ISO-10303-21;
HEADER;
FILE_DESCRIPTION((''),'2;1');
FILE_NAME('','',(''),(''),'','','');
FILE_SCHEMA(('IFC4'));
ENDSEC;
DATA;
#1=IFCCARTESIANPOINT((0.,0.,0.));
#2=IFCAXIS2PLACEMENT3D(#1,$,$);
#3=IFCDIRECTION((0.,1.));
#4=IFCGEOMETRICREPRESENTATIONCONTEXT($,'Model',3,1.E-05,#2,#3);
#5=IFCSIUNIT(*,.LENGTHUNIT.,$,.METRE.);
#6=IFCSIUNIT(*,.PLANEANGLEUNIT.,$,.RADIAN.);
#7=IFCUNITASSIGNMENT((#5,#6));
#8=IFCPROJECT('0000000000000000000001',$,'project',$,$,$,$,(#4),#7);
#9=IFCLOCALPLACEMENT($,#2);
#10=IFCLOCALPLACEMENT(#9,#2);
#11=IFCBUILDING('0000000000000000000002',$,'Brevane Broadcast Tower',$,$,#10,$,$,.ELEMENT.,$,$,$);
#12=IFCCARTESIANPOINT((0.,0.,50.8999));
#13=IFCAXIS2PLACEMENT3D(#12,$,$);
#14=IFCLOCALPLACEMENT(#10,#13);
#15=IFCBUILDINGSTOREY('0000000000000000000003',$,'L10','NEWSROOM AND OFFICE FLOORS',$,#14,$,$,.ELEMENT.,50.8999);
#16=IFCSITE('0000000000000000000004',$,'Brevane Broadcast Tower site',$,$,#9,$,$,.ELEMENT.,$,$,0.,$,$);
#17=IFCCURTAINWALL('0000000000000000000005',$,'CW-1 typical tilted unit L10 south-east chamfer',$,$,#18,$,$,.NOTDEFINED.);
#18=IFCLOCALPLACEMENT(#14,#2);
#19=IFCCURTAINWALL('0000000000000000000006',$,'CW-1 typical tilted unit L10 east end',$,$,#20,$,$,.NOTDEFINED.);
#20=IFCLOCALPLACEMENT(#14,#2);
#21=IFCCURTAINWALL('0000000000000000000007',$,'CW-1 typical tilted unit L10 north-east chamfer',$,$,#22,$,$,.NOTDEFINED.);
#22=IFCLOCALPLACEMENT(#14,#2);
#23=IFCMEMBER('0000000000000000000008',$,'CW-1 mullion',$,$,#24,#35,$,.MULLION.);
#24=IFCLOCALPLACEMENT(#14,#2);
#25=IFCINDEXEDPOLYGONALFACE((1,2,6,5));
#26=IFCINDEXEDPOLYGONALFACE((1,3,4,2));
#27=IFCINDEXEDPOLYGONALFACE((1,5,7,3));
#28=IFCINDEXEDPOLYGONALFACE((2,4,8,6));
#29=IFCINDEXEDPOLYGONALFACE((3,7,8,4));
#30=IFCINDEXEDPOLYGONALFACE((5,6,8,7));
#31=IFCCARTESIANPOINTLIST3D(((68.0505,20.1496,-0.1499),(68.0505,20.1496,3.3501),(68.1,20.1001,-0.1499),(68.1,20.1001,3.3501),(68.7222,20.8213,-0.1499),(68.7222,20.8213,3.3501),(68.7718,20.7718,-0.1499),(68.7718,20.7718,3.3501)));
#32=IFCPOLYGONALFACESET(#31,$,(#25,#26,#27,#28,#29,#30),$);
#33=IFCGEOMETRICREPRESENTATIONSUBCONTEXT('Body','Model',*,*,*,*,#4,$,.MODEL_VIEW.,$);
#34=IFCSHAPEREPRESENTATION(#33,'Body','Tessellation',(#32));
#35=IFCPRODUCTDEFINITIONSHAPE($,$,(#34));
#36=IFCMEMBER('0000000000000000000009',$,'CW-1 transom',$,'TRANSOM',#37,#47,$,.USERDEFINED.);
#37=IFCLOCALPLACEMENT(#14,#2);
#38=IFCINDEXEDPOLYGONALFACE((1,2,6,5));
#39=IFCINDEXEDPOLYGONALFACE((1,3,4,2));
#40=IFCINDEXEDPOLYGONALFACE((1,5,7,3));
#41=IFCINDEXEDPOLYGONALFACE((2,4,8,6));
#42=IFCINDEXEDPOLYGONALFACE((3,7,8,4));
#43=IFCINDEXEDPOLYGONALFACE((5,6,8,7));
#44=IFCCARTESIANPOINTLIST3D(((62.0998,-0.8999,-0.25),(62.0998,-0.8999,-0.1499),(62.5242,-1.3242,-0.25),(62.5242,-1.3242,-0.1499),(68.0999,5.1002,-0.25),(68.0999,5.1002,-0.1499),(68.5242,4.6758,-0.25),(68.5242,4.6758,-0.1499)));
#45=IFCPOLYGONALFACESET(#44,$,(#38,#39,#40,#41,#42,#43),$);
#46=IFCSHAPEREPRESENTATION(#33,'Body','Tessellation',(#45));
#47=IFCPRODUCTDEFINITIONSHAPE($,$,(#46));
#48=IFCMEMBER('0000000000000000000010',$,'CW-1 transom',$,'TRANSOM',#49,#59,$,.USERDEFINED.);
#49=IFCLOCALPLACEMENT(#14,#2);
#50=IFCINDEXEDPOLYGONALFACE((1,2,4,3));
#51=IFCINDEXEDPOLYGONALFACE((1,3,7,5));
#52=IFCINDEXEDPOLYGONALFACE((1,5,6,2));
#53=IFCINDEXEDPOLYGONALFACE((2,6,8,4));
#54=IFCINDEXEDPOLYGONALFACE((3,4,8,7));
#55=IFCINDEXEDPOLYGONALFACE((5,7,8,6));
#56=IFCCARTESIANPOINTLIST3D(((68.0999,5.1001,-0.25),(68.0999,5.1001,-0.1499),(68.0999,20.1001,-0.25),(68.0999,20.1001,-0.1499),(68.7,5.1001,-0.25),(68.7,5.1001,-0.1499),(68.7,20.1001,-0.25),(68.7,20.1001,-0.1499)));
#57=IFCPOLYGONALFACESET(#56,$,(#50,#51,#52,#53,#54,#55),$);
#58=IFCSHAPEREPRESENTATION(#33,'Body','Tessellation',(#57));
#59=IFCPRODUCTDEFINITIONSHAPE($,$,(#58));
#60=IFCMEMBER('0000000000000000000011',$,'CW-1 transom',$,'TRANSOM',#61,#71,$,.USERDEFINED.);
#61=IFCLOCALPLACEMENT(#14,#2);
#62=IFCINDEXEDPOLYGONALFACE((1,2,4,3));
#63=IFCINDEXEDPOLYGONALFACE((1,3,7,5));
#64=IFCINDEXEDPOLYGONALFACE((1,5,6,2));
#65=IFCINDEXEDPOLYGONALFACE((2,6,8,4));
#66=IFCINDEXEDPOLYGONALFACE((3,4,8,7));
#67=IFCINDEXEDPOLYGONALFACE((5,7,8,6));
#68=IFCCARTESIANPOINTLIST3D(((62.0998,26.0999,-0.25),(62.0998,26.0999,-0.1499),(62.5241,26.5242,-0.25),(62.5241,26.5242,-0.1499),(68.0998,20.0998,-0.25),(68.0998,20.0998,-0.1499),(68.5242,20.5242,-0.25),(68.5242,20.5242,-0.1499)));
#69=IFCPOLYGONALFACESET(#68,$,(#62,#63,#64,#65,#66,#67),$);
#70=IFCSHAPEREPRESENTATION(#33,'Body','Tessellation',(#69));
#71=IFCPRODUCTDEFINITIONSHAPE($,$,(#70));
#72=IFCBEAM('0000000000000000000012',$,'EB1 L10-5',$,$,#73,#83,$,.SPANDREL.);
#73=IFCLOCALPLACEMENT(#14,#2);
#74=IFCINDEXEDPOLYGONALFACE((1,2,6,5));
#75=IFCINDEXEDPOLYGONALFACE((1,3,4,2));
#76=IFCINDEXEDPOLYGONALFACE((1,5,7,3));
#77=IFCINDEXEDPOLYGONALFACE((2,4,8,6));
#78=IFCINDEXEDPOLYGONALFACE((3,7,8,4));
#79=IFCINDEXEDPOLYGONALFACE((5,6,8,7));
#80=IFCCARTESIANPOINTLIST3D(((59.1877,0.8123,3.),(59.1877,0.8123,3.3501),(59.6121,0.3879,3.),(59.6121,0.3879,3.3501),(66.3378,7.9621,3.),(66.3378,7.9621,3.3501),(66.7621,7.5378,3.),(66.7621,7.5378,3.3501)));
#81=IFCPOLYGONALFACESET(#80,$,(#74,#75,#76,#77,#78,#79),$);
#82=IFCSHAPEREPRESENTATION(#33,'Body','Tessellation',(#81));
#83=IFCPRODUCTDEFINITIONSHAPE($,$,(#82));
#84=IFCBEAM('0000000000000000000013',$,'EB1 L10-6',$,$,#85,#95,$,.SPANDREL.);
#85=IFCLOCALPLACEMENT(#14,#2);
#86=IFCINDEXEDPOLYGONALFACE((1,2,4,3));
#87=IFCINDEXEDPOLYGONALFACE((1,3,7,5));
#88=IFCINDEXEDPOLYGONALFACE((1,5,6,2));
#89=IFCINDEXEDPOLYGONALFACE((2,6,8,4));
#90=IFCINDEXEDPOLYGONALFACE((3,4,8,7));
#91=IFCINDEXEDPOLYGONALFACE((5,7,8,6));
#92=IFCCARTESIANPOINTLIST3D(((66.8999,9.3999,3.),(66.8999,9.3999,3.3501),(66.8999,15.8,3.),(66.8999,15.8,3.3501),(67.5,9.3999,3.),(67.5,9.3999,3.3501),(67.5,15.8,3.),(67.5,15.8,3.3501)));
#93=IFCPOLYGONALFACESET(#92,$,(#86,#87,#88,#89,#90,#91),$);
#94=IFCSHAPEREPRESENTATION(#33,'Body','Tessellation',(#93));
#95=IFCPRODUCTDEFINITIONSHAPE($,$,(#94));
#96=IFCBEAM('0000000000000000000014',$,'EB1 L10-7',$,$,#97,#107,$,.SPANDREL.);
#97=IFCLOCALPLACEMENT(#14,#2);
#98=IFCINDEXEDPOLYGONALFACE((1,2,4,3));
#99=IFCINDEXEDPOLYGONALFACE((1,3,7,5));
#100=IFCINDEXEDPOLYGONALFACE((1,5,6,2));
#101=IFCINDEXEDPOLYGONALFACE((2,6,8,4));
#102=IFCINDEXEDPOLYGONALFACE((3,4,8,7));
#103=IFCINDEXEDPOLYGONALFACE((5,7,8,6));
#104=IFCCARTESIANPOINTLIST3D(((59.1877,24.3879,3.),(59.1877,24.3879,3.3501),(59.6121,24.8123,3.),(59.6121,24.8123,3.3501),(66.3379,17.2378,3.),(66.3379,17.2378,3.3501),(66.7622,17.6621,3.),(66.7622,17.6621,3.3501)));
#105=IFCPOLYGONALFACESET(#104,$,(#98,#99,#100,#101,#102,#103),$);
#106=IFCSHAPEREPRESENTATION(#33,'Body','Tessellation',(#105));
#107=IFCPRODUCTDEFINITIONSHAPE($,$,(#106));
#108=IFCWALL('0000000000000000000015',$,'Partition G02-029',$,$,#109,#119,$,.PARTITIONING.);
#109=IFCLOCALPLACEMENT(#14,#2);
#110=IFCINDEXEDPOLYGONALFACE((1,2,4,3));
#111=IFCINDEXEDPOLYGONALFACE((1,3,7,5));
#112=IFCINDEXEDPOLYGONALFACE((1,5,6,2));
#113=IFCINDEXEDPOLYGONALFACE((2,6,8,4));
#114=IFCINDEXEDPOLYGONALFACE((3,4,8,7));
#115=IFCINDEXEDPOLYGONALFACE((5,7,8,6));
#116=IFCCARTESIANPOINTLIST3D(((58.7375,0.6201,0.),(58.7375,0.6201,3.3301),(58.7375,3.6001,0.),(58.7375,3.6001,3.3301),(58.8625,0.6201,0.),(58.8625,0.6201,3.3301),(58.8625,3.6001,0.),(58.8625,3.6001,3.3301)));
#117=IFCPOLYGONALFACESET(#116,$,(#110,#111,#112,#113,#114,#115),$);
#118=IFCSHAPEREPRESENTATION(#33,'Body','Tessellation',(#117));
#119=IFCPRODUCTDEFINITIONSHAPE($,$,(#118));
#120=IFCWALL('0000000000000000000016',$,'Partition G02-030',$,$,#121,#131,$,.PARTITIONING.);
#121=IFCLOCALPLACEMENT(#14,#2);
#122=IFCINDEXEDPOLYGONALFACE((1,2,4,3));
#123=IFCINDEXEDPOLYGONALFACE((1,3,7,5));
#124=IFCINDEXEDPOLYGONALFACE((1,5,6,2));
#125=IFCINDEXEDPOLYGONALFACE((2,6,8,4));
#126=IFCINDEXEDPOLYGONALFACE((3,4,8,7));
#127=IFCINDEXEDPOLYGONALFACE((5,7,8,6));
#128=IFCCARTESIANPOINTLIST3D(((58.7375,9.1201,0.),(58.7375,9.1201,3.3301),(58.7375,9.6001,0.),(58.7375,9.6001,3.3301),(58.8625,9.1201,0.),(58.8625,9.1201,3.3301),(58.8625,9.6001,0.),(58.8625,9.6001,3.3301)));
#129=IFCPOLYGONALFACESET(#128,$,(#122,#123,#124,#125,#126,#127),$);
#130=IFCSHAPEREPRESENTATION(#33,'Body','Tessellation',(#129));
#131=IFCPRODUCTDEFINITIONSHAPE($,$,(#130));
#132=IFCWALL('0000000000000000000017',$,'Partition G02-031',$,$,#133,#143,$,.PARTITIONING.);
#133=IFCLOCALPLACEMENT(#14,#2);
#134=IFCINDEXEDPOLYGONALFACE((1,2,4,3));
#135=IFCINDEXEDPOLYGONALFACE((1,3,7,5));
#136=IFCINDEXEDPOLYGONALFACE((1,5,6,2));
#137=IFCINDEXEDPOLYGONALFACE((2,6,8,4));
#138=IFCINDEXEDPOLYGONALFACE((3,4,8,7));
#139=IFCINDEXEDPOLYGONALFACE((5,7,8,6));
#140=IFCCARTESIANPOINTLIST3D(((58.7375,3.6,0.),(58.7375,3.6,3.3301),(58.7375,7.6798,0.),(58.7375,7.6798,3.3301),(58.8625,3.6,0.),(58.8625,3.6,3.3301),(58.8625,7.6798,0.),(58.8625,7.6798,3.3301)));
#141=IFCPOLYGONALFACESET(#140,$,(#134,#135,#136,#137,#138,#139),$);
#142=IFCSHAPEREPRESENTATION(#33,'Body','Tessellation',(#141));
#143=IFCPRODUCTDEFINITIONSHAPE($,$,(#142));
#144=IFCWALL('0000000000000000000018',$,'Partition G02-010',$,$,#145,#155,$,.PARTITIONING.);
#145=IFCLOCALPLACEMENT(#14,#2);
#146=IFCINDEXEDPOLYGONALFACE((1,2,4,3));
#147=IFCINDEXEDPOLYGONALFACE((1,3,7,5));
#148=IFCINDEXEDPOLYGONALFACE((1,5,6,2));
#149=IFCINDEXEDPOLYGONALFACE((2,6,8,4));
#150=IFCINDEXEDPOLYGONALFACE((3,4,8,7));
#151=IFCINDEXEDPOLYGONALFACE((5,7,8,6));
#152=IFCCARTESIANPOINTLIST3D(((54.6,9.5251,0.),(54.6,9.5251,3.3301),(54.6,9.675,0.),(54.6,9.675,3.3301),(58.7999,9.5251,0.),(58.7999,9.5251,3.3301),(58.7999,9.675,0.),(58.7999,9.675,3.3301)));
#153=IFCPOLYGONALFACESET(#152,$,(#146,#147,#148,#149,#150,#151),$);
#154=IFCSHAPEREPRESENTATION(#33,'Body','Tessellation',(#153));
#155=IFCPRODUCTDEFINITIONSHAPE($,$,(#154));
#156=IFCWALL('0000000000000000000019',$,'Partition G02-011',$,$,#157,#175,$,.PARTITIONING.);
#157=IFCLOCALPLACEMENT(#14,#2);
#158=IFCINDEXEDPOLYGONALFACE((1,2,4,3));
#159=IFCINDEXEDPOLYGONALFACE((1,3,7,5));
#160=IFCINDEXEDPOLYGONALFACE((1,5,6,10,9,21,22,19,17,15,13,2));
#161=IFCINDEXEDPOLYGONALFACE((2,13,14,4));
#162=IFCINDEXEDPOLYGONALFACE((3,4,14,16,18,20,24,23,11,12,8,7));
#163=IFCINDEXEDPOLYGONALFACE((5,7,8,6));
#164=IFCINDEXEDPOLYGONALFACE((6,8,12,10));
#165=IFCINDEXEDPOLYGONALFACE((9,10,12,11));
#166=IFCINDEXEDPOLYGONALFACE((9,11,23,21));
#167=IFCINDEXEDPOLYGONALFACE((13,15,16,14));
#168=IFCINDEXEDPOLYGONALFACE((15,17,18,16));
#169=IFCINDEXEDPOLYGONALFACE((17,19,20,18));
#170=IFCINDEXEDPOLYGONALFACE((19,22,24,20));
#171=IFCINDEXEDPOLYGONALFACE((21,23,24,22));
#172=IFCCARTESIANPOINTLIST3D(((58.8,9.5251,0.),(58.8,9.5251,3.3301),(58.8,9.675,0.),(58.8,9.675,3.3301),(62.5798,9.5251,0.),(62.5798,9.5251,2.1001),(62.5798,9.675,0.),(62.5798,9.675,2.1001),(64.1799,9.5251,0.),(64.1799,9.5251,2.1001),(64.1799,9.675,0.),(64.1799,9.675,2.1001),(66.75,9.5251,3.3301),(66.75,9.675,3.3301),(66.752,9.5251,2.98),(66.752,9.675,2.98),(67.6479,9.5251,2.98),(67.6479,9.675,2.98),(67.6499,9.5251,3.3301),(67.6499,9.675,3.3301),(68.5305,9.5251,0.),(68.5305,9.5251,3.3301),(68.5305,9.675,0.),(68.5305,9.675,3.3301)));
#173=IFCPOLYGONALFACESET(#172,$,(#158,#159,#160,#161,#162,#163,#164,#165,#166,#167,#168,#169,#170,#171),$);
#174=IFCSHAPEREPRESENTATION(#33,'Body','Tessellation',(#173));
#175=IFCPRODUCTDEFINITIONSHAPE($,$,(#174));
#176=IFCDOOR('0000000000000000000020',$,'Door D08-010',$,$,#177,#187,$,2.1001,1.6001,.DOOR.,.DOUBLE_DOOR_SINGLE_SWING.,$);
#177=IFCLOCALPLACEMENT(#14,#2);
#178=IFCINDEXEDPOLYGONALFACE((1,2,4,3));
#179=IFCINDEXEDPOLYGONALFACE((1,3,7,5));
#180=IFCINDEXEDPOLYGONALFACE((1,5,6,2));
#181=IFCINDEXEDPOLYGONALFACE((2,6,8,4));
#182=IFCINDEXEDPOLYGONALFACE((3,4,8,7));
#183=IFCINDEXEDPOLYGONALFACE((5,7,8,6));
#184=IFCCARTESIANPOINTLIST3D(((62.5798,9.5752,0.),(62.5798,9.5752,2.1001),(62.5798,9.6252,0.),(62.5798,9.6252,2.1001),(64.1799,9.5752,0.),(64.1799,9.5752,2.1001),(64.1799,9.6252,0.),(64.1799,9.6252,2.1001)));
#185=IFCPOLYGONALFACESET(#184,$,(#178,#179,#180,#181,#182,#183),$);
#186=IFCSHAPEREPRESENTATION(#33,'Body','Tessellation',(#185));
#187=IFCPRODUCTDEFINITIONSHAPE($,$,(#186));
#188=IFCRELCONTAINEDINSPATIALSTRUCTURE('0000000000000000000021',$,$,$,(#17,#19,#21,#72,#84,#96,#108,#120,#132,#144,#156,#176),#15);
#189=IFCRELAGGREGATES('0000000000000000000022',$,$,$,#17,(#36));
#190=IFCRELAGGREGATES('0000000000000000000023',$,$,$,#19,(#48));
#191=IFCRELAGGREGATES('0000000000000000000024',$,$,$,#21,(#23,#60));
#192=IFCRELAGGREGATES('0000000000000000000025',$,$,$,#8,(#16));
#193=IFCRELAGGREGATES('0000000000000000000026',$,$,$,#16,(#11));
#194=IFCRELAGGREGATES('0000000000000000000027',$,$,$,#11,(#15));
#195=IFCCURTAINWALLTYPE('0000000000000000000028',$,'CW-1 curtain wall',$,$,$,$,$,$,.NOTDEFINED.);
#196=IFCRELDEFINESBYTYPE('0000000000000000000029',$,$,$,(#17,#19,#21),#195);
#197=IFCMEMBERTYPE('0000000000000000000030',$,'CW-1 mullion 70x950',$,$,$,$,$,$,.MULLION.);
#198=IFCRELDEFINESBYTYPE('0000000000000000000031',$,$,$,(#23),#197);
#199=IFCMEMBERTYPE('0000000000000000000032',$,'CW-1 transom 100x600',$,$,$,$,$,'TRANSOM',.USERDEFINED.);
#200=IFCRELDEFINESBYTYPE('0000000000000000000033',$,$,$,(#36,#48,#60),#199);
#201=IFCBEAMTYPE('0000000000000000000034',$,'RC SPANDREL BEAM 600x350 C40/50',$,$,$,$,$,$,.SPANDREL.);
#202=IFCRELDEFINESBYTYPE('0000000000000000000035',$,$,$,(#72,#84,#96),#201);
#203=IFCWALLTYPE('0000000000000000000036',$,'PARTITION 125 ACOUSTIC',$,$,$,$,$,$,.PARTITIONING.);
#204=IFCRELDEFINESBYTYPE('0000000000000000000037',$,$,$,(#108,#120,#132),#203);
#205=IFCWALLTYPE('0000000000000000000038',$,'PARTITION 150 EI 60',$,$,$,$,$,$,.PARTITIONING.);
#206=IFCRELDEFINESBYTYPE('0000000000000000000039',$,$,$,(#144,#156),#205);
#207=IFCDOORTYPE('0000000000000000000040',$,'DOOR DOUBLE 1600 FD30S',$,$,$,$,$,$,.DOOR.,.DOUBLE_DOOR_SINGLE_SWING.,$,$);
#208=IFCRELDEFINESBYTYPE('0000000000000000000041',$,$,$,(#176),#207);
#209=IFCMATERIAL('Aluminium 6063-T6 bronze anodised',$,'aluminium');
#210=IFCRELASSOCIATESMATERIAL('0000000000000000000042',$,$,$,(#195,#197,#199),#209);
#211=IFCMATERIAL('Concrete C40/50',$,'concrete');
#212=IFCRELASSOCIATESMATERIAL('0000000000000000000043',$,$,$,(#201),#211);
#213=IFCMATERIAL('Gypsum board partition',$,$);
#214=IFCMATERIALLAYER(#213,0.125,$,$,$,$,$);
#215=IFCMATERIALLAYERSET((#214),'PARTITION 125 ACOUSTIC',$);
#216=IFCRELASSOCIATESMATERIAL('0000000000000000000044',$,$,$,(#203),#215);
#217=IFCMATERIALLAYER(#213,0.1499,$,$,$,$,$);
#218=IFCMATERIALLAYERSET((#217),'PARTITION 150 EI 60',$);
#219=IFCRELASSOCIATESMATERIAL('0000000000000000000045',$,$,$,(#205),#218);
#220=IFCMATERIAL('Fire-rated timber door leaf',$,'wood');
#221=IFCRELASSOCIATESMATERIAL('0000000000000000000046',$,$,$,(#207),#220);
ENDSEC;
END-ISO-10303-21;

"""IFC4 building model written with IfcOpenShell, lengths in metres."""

from ifc_helpers import new_model, si_unit, direction, frame, frame_2d, origin, origin_2d, place, context, subcontext, project, spatial, polyline, rectangle, outline, extrude, material, layer, layer_set, material_profile, profile_set, type_object, element, fill, aggregate, save


model = new_model("IFC4")

# Units and contexts
model_context = context("Model", 3, precision=1e-05, world=origin(), true_north=direction((0.0, 1.0)))
body_context = subcontext(model_context, "Body", "Model", "MODEL_VIEW")
ifc_project = project(units=[si_unit("LENGTHUNIT", "METRE"), si_unit("PLANEANGLEUNIT", "RADIAN")], contexts=[model_context])

# Site, building, storey
site_placement = place(None, origin())
site = spatial("IfcSite", under=ifc_project, at=site_placement, Name="Brevane Broadcast Tower site", CompositionType="ELEMENT", RefElevation=0.0)
building_placement = place(site_placement, origin())
building = spatial("IfcBuilding", under=site, at=building_placement, Name="Brevane Broadcast Tower", CompositionType="ELEMENT")
storey_placement = place(building_placement, frame((0.0, 0.0, 50.8999)))
storey = spatial("IfcBuildingStorey", under=building, at=storey_placement, Name="L10", Description="NEWSROOM AND OFFICE FLOORS", CompositionType="ELEMENT", Elevation=50.8999)

# Curtain walls
ifc_material_1 = material(Name="Aluminium 6063-T6 bronze anodised", Category="aluminium")
curtain_wall_type = type_object("IfcCurtainWallType", Name="CW-1 curtain wall", PredefinedType="NOTDEFINED", material=ifc_material_1)
ifc_material_profile_1 = material_profile(ifc_material_1, rectangle(XDim=0.95, YDim=0.0701, at=origin_2d()), Name="RECT 70x950")
ifc_profile_set_1 = profile_set([ifc_material_profile_1], Name="Aluminium 6063-T6 bronze anodised")
member_type_1 = type_object("IfcMemberType", Name="CW-1 mullion 70x950", PredefinedType="MULLION", material=ifc_profile_set_1)
curtain_wall_1_placement = place(storey_placement, origin())
curtain_wall_1 = element("IfcCurtainWall", 1, at=curtain_wall_1_placement, inside=storey, type_object=curtain_wall_type, Name="CW-1 typical tilted unit L10 south-east chamfer", PredefinedType="NOTDEFINED")
curtain_wall_2_placement = place(storey_placement, origin())
curtain_wall_2 = element("IfcCurtainWall", 2, at=curtain_wall_2_placement, inside=storey, type_object=curtain_wall_type, Name="CW-1 typical tilted unit L10 east end", PredefinedType="NOTDEFINED")

# Curtain wall, member
curtain_wall_3_placement = place(storey_placement, origin())
curtain_wall_3 = element("IfcCurtainWall", 3, at=curtain_wall_3_placement, inside=storey, type_object=curtain_wall_type, Name="CW-1 typical tilted unit L10 north-east chamfer", PredefinedType="NOTDEFINED")
member_1_placement = place(storey_placement, frame((68.4111, 20.4607, -0.1499), z_axis=(0.0, 0.0, 1.0), x_axis=(-0.707107, -0.707107, 0.0)))
member_1 = element("IfcMember", 4, at=member_1_placement, type_object=member_type_1, Name="CW-1 mullion", PredefinedType="MULLION", context=body_context, shape_type="SweptSolid", body=[
    extrude(rectangle(XDim=0.95, YDim=0.0701, at=origin_2d()), origin(), (0.0, 0.0, 1.0), 3.5),
])

# Members
ifc_material_profile_2 = material_profile(ifc_material_1, rectangle(XDim=0.6001, YDim=0.1001, at=origin_2d()), Name="RECT 100x600")
ifc_profile_set_2 = profile_set([ifc_material_profile_2], Name="Aluminium 6063-T6 bronze anodised")
member_type_2 = type_object("IfcMemberType", Name="CW-1 transom 100x600", ElementType="TRANSOM", PredefinedType="USERDEFINED", material=ifc_profile_set_2)
member_2_placement = place(storey_placement, frame((62.312, -1.1121, -0.2), z_axis=(0.707107, 0.707107, 0.0), x_axis=(-0.707107, 0.707107, 0.0)))
member_2 = element("IfcMember", 5, at=member_2_placement, type_object=member_type_2, Name="CW-1 transom", ObjectType="TRANSOM", PredefinedType="USERDEFINED", context=body_context, shape_type="SweptSolid", body=[
    extrude(rectangle(XDim=0.6001, YDim=0.1001, at=origin_2d()), origin(), (0.0, 0.0, 1.0), 8.4854),
])
aggregate(curtain_wall_1, [member_2])
member_3_placement = place(storey_placement, frame((68.3999, 5.1001, -0.2), z_axis=(0.0, 1.0, 0.0), x_axis=(-1.0, 0.0, 0.0)))
member_3 = element("IfcMember", 6, at=member_3_placement, type_object=member_type_2, Name="CW-1 transom", ObjectType="TRANSOM", PredefinedType="USERDEFINED", context=body_context, shape_type="SweptSolid", body=[
    extrude(rectangle(XDim=0.6001, YDim=0.1001, at=origin_2d()), origin(), (0.0, 0.0, 1.0), 15.0),
])
aggregate(curtain_wall_2, [member_3])
member_4_placement = place(storey_placement, frame((68.312, 20.312, -0.2), z_axis=(-0.707107, 0.707107, 0.0), x_axis=(-0.707107, -0.707107, 0.0)))
member_4 = element("IfcMember", 7, at=member_4_placement, type_object=member_type_2, Name="CW-1 transom", ObjectType="TRANSOM", PredefinedType="USERDEFINED", context=body_context, shape_type="SweptSolid", body=[
    extrude(rectangle(XDim=0.6001, YDim=0.1001, at=origin_2d()), origin(), (0.0, 0.0, 1.0), 8.4854),
])
aggregate(curtain_wall_3, [member_1, member_4])

# Beams
ifc_material_2 = material(Name="Concrete C40/50", Category="concrete")
ifc_material_profile_3 = material_profile(ifc_material_2, rectangle(XDim=0.6001, YDim=0.3501, at=origin_2d()), Name="RC 600x350")
ifc_profile_set_3 = profile_set([ifc_material_profile_3], Name="Concrete C40/50")
beam_type = type_object("IfcBeamType", Name="RC SPANDREL BEAM 600x350 C40/50", PredefinedType="SPANDREL", material=ifc_profile_set_3)
beam_1_placement = place(storey_placement, frame((59.3999, 0.6001, 3.175), z_axis=(0.707119, 0.707095, 0.0), x_axis=(-0.707095, 0.707119, 0.0)))
element("IfcBeam", 8, at=beam_1_placement, inside=storey, type_object=beam_type, Name="EB1 L10-5", PredefinedType="SPANDREL", context=body_context, shape_type="SweptSolid", body=[
    extrude(rectangle(XDim=0.6001, YDim=0.3501, at=origin_2d()), origin(), (0.0, 0.0, 1.0), 10.1116),
])
beam_2_placement = place(storey_placement, frame((67.2, 9.3999, 3.175), z_axis=(0.0, 1.0, 0.0), x_axis=(-1.0, 0.0, 0.0)))
element("IfcBeam", 9, at=beam_2_placement, inside=storey, type_object=beam_type, Name="EB1 L10-6", PredefinedType="SPANDREL", context=body_context, shape_type="SweptSolid", body=[
    extrude(rectangle(XDim=0.6001, YDim=0.3501, at=origin_2d()), origin(), (0.0, 0.0, 1.0), 6.4001),
])
beam_3_placement = place(storey_placement, frame((66.55, 17.45, 3.175), z_axis=(-0.707107, 0.707107, 0.0), x_axis=(-0.707107, -0.707107, 0.0)))
element("IfcBeam", 10, at=beam_3_placement, inside=storey, type_object=beam_type, Name="EB1 L10-7", PredefinedType="SPANDREL", context=body_context, shape_type="SweptSolid", body=[
    extrude(rectangle(XDim=0.6001, YDim=0.3501, at=origin_2d()), origin(), (0.0, 0.0, 1.0), 10.1118),
])

# Walls
ifc_material_3 = material(Name="Gypsum board partition")
ifc_layer_1 = layer(ifc_material_3, 0.125)
ifc_layer_set_1 = layer_set([ifc_layer_1], Name="PARTITION 125 ACOUSTIC")
wall_type_1 = type_object("IfcWallType", Name="PARTITION 125 ACOUSTIC", PredefinedType="PARTITIONING", material=ifc_layer_set_1)
wall_1_placement = place(storey_placement, frame((58.8, 3.6001, 0.0), z_axis=(0.0, 0.0, 1.0), x_axis=(0.0, -1.0, 0.0)))
element("IfcWall", 11, at=wall_1_placement, inside=storey, type_object=wall_type_1, Name="Partition G02-029", PredefinedType="PARTITIONING", context=body_context, shape_type="SweptSolid", body=[
    extrude(rectangle(XDim=2.98, YDim=0.125, at=frame_2d((1.49, 0.0))), origin(), (0.0, 0.0, 1.0), 3.3301),
])
wall_2_placement = place(storey_placement, frame((58.8, 9.6001, 0.0), z_axis=(0.0, 0.0, 1.0), x_axis=(0.0, -1.0, 0.0)))
element("IfcWall", 12, at=wall_2_placement, inside=storey, type_object=wall_type_1, Name="Partition G02-030", PredefinedType="PARTITIONING", context=body_context, shape_type="SweptSolid", body=[
    extrude(rectangle(XDim=0.48, YDim=0.125, at=frame_2d((0.24, 0.0))), origin(), (0.0, 0.0, 1.0), 3.3301),
])
wall_3_placement = place(storey_placement, frame((58.8, 7.6799, 0.0), z_axis=(0.0, 0.0, 1.0), x_axis=(0.0, -1.0, 0.0)))
element("IfcWall", 13, at=wall_3_placement, inside=storey, type_object=wall_type_1, Name="Partition G02-031", PredefinedType="PARTITIONING", context=body_context, shape_type="SweptSolid", body=[
    extrude(rectangle(XDim=4.0798, YDim=0.125, at=frame_2d((2.04, 0.0))), origin(), (0.0, 0.0, 1.0), 3.3301),
])
ifc_layer_2 = layer(ifc_material_3, 0.1499)
ifc_layer_set_2 = layer_set([ifc_layer_2], Name="PARTITION 150 EI 60")
wall_type_2 = type_object("IfcWallType", Name="PARTITION 150 EI 60", PredefinedType="PARTITIONING", material=ifc_layer_set_2)
wall_4_placement = place(storey_placement, frame((58.8, 9.6001, 0.0), z_axis=(0.0, 0.0, 1.0), x_axis=(-1.0, 0.0, 0.0)))
element("IfcWall", 14, at=wall_4_placement, inside=storey, type_object=wall_type_2, Name="Partition G02-010", PredefinedType="PARTITIONING", context=body_context, shape_type="SweptSolid", body=[
    extrude(rectangle(XDim=4.2, YDim=0.1499, at=frame_2d((2.1001, 0.0))), origin(), (0.0, 0.0, 1.0), 3.3301),
])

# Wall, opening, door
wall_5_placement = place(storey_placement, frame((68.5305, 9.6001, 0.0), z_axis=(0.0, 0.0, 1.0), x_axis=(-1.0, 0.0, 0.0)))
wall_5 = element("IfcWall", 15, at=wall_5_placement, inside=storey, type_object=wall_type_2, Name="Partition G02-011", PredefinedType="PARTITIONING", context=body_context, shape_type="SweptSolid", body=[
    extrude(outline(polyline([(0.0, 0.0), (9.7305, 0.0), (9.7305, 3.3301), (1.7805, 3.3301), (1.7786, 2.98), (0.8826, 2.98), (0.8806, 3.3301), (0.2505, 3.3301), (0.0, 3.3301), (0.0, 0.0)])), frame((0.0, 0.075, 0.0), z_axis=(0.0, -1.0, 0.0), x_axis=(1.0, 0.0, 0.0)), (0.0, 0.0, 1.0), 0.1499),
])
opening_1_placement = place(wall_5_placement, frame((4.3506, 0.0, 0.0)))
opening_1 = element("IfcOpeningElement", 16, at=opening_1_placement, cuts=wall_5, PredefinedType="OPENING", context=body_context, shape_type="SweptSolid", body=[
    extrude(rectangle(XDim=1.6001, YDim=2.1001, at=frame_2d((0.8, 1.05))), frame((0.0, 0.085, 0.0), z_axis=(0.0, -1.0, 0.0), x_axis=(1.0, 0.0, 0.0)), (0.0, 0.0, 1.0), 0.1699),
])
ifc_material_4 = material(Name="Fire-rated timber door leaf", Category="wood")
door_type_1 = type_object("IfcDoorType", Name="DOOR DOUBLE 1600 FD30S", OperationType="DOUBLE_DOOR_SINGLE_SWING", PredefinedType="DOOR", material=ifc_material_4)
door_1_placement = place(opening_1_placement, origin())
door_1 = element("IfcDoor", 17, at=door_1_placement, inside=storey, type_object=door_type_1, Name="Door D08-010", OperationType="DOUBLE_DOOR_SINGLE_SWING", OverallHeight=2.1001, OverallWidth=1.6001, PredefinedType="DOOR", context=body_context, shape_type="SweptSolid", body=[
    extrude(rectangle(XDim=1.6001, YDim=2.1001, at=frame_2d((0.8, 1.05))), frame((0.0, 0.0249, 0.0), z_axis=(0.0, -1.0, 0.0), x_axis=(1.0, 0.0, 0.0)), (0.0, 0.0, 1.0), 0.05),
])
fill(opening_1, door_1)

save(model, "model.ifc")
